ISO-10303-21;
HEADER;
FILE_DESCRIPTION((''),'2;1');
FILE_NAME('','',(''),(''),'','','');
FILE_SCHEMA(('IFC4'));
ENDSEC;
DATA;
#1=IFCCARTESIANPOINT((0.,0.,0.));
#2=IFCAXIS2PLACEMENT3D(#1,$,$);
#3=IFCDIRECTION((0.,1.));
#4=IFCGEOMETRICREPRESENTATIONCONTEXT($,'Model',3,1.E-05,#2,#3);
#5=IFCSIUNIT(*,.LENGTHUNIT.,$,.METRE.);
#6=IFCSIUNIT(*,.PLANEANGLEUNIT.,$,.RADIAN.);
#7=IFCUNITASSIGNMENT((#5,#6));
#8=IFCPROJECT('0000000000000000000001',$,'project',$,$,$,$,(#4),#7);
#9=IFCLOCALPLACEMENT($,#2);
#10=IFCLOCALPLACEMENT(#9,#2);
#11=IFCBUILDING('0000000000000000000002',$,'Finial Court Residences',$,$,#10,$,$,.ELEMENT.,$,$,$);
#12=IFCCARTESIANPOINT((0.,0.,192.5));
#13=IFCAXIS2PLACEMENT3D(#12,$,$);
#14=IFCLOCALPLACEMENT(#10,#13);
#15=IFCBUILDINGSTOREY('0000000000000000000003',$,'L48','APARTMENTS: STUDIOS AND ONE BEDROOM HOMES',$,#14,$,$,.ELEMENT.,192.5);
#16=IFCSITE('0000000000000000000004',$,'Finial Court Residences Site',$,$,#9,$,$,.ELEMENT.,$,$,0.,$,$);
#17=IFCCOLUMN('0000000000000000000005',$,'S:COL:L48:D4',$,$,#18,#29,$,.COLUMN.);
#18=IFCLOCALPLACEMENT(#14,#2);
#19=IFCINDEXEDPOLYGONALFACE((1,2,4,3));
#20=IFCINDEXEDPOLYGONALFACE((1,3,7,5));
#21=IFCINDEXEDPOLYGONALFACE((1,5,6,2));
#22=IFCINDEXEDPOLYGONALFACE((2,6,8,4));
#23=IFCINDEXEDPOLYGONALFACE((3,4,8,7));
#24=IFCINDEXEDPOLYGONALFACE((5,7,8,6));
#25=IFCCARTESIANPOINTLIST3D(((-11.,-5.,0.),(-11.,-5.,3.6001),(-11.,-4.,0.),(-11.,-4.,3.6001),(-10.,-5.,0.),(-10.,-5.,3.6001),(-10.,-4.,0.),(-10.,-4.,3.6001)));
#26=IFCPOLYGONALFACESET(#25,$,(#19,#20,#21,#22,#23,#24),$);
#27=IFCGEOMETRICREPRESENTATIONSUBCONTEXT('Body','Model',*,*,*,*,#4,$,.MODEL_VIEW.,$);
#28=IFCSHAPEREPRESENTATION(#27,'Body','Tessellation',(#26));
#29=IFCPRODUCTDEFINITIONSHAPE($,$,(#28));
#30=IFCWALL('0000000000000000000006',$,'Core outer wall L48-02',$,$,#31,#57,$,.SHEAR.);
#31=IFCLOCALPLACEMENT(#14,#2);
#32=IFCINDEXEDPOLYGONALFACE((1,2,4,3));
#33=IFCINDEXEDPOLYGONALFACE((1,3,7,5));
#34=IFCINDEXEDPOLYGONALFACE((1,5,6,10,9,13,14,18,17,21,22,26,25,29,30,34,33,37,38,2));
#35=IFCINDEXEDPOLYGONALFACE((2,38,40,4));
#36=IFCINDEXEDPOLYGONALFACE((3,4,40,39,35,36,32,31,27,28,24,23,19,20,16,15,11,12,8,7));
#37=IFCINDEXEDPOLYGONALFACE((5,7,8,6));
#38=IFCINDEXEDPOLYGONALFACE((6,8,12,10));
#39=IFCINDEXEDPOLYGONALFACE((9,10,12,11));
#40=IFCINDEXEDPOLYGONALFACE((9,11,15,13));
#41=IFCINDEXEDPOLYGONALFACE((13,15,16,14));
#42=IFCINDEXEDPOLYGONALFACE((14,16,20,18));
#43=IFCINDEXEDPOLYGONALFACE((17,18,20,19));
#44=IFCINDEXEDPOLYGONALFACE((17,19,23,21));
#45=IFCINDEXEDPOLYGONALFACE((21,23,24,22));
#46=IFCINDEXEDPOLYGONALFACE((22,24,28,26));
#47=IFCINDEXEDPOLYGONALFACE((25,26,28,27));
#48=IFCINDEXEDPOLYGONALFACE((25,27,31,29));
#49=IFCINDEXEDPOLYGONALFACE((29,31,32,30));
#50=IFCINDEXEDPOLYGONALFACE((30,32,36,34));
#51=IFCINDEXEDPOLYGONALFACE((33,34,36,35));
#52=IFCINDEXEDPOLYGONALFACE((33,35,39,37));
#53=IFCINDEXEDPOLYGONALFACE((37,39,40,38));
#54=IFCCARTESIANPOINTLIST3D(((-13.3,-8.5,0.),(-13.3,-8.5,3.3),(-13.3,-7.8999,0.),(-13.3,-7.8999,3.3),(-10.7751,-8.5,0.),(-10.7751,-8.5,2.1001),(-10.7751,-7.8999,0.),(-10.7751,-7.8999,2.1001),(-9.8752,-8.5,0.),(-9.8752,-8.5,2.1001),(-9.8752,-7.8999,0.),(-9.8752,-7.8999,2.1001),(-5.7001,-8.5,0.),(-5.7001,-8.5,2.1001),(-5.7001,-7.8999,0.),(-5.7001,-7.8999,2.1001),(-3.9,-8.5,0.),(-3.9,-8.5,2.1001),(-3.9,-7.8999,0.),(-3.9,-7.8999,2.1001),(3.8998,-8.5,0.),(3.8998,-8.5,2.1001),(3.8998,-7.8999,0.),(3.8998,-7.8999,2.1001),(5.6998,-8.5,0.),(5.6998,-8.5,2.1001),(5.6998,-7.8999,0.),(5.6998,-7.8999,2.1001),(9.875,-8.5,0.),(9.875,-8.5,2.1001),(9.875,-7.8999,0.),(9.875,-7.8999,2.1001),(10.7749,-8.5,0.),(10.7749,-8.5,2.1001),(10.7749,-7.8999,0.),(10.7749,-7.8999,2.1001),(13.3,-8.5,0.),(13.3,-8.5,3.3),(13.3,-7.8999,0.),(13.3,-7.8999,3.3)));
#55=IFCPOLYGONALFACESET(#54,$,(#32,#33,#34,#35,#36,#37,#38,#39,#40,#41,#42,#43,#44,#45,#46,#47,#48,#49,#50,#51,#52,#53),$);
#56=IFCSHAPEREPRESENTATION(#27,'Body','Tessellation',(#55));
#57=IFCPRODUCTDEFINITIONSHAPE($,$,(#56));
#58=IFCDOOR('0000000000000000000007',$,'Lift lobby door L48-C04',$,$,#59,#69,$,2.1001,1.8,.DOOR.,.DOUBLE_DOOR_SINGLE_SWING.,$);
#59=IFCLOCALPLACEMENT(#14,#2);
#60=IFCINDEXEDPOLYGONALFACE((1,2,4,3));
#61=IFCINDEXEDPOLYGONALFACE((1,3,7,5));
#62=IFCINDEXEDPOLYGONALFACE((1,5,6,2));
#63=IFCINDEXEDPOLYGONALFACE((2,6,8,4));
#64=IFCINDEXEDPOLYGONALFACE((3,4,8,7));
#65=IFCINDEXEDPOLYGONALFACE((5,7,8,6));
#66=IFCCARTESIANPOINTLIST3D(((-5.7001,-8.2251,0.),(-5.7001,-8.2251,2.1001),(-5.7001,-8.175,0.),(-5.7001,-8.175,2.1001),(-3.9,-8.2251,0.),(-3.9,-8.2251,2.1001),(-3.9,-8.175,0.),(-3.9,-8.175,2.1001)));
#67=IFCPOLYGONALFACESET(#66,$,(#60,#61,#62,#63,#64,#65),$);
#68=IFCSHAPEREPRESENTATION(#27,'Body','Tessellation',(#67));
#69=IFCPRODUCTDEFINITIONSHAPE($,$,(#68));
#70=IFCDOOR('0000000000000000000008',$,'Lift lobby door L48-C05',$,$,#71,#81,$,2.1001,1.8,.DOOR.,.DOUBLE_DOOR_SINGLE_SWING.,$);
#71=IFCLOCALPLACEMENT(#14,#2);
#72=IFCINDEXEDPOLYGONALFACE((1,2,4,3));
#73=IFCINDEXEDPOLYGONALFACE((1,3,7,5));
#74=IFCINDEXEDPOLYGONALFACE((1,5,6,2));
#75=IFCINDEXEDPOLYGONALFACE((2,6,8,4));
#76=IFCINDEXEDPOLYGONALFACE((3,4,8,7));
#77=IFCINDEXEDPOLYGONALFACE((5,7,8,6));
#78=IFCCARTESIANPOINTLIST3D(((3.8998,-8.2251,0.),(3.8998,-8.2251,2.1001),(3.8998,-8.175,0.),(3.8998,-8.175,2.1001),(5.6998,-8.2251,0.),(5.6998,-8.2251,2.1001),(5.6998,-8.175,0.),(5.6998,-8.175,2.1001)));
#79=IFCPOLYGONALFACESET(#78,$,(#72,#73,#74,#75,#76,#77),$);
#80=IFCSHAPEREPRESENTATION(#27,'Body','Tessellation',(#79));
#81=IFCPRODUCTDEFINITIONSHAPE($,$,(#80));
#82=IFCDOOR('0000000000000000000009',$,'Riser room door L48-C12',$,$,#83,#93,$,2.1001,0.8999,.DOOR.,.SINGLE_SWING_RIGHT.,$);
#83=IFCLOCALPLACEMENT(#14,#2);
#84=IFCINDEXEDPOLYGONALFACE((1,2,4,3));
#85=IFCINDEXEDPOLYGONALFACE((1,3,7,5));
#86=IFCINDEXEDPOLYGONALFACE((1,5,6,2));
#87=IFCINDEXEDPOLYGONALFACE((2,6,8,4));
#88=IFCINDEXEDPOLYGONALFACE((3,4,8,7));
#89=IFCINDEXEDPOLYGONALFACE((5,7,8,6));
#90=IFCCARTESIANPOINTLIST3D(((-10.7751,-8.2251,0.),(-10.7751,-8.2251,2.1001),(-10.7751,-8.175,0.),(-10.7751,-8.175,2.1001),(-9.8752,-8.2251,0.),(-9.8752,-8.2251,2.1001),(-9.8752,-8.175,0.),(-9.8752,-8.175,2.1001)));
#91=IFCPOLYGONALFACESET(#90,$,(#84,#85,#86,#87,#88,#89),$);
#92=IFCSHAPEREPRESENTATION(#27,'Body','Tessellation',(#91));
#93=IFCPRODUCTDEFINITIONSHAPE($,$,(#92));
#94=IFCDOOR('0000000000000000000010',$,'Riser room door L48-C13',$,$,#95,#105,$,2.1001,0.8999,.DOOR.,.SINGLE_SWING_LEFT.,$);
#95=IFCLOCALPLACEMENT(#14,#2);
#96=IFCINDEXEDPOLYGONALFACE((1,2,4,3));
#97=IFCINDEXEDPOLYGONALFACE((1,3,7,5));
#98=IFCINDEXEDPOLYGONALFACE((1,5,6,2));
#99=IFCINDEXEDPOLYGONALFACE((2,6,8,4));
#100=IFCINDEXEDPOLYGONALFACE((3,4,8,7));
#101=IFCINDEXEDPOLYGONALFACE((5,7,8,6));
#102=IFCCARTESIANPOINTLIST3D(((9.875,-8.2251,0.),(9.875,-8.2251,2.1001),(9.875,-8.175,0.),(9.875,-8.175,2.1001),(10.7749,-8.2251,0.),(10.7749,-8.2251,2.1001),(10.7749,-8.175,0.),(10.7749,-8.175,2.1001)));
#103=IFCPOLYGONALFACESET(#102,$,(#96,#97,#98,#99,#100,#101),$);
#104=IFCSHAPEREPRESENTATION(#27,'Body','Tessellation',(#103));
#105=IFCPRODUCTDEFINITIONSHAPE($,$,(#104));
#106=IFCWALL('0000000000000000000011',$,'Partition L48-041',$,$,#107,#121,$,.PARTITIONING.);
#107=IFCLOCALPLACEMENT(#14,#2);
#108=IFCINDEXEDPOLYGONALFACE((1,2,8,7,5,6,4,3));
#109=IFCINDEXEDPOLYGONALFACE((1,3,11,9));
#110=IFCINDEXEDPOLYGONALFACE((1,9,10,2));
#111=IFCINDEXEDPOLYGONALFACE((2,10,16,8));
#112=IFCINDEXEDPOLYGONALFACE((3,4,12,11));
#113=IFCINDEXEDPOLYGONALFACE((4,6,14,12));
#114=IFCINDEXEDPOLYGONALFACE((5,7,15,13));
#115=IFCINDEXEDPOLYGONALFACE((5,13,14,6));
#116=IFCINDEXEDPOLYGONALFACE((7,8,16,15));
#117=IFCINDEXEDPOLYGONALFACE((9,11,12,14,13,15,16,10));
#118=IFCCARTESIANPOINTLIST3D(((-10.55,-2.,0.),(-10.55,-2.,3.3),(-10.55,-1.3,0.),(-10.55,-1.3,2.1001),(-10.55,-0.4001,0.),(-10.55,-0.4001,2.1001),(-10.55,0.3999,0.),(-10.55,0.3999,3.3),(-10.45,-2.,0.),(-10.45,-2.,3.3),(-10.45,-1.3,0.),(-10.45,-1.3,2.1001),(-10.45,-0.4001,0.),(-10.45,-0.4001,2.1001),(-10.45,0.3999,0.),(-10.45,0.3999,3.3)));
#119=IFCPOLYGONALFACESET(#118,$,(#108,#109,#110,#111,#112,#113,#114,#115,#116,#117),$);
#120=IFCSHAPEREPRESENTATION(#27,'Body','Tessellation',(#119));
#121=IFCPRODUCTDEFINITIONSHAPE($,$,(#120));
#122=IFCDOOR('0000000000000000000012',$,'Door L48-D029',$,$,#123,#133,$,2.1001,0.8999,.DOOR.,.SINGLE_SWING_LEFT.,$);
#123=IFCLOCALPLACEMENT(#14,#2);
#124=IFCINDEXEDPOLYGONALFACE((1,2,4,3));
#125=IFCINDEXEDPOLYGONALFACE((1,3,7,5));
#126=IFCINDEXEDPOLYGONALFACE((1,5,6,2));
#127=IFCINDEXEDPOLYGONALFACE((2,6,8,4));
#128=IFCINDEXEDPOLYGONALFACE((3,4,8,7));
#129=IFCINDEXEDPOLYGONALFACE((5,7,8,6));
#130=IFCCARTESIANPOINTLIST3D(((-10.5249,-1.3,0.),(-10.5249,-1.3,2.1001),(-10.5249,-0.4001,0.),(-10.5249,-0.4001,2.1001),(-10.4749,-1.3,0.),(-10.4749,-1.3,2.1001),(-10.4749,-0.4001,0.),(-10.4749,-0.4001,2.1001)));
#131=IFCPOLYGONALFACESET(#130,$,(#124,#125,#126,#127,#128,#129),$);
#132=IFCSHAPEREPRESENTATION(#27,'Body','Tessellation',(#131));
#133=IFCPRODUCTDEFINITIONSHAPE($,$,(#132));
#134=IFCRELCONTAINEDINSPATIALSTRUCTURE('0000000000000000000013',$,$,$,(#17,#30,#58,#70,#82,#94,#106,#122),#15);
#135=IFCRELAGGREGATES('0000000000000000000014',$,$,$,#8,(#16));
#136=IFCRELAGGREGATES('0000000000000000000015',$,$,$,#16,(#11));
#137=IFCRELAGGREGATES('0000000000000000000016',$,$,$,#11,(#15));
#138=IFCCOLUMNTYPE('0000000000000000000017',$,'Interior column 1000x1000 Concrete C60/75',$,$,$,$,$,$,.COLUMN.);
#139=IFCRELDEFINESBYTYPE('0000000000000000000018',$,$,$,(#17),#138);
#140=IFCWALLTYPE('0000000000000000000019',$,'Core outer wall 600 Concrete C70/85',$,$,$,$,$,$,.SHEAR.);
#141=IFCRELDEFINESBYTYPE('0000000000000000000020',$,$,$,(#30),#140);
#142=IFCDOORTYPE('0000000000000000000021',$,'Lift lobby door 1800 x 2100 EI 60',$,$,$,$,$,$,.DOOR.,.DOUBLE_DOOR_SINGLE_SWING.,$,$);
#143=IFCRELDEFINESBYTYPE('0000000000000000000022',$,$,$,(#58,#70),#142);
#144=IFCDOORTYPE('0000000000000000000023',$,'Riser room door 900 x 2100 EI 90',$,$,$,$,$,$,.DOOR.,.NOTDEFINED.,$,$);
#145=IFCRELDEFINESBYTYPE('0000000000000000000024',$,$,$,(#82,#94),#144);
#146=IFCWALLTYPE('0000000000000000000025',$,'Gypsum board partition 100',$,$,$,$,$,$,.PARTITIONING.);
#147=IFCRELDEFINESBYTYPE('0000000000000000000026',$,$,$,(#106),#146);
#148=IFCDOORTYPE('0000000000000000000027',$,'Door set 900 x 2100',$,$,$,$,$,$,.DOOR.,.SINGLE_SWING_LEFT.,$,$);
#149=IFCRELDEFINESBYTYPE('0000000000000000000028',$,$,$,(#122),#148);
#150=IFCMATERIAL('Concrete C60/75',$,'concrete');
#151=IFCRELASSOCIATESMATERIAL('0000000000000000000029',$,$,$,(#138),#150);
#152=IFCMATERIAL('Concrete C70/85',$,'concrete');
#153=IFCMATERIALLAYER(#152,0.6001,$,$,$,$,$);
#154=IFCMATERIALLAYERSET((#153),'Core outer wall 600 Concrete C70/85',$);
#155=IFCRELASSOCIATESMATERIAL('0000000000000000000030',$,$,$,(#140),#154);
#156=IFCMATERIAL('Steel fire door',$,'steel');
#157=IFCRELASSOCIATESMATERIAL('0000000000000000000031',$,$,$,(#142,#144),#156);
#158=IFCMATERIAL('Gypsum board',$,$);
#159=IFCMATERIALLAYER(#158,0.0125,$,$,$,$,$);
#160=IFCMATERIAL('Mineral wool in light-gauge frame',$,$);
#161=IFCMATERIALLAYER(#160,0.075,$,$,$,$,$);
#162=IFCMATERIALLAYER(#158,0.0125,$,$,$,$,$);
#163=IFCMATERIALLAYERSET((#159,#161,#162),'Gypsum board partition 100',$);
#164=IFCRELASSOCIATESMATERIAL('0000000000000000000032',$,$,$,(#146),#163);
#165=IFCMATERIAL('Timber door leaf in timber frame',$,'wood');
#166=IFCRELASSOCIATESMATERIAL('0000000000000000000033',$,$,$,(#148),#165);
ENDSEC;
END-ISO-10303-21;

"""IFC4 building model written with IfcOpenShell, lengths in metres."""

from ifc_helpers import new_model, si_unit, direction, frame, frame_2d, origin, origin_2d, place, context, subcontext, project, spatial, rectangle, extrude, material, layer, layer_set, material_profile, profile_set, type_object, element, fill, save


model = new_model("IFC4")

# Units and contexts
model_context = context("Model", 3, precision=1e-05, world=origin(), true_north=direction((0.0, 1.0)))
body_context = subcontext(model_context, "Body", "Model", "MODEL_VIEW")
ifc_project = project(units=[si_unit("LENGTHUNIT", "METRE"), si_unit("PLANEANGLEUNIT", "RADIAN")], contexts=[model_context])

# Site, building, storey
site_placement = place(None, origin())
site = spatial("IfcSite", under=ifc_project, at=site_placement, Name="Finial Court Residences Site", CompositionType="ELEMENT", RefElevation=0.0)
building_placement = place(site_placement, origin())
building = spatial("IfcBuilding", under=site, at=building_placement, Name="Finial Court Residences", CompositionType="ELEMENT")
storey_placement = place(building_placement, frame((0.0, 0.0, 192.5)))
storey = spatial("IfcBuildingStorey", under=building, at=storey_placement, Name="L48", Description="APARTMENTS: STUDIOS AND ONE BEDROOM HOMES", CompositionType="ELEMENT", Elevation=192.5)

# Column
ifc_material_1 = material(Name="Concrete C60/75", Category="concrete")
ifc_material_profile = material_profile(ifc_material_1, rectangle(XDim=1.0, YDim=1.0, at=origin_2d()), Name="1000x1000")
ifc_profile_set = profile_set([ifc_material_profile], Name="Concrete C60/75")
column_type = type_object("IfcColumnType", Name="Interior column 1000x1000 Concrete C60/75", PredefinedType="COLUMN", material=ifc_profile_set)
column_placement = place(storey_placement, frame((-10.5, -4.5, 0.0), z_axis=(0.0, 0.0, 1.0), x_axis=(1.0, 0.0, 0.0)))
element("IfcColumn", 1, at=column_placement, inside=storey, type_object=column_type, Name="S:COL:L48:D4", PredefinedType="COLUMN", context=body_context, shape_type="SweptSolid", body=[
    extrude(rectangle(XDim=1.0, YDim=1.0, at=origin_2d()), origin(), (0.0, 0.0, 1.0), 3.6001),
])

# Wall, openings, doors
ifc_material_2 = material(Name="Concrete C70/85", Category="concrete")
ifc_layer_1 = layer(ifc_material_2, 0.6001)
ifc_layer_set_1 = layer_set([ifc_layer_1], Name="Core outer wall 600 Concrete C70/85")
wall_type_1 = type_object("IfcWallType", Name="Core outer wall 600 Concrete C70/85", PredefinedType="SHEAR", material=ifc_layer_set_1)
wall_1_placement = place(storey_placement, frame((-13.3, -8.2, 0.0), z_axis=(0.0, 0.0, 1.0), x_axis=(1.0, 0.0, 0.0)))
wall_1 = element("IfcWall", 2, at=wall_1_placement, inside=storey, type_object=wall_type_1, Name="Core outer wall L48-02", PredefinedType="SHEAR", context=body_context, shape_type="SweptSolid", body=[
    extrude(rectangle(XDim=26.6001, YDim=0.6001, at=frame_2d((13.3, 0.0))), origin(), (0.0, 0.0, 1.0), 3.3),
])
opening_1_placement = place(wall_1_placement, frame((7.6001, 0.0, 0.0)))
opening_1 = element("IfcOpeningElement", 3, at=opening_1_placement, cuts=wall_1, PredefinedType="OPENING", context=body_context, shape_type="SweptSolid", body=[
    extrude(rectangle(XDim=1.8, YDim=2.1001, at=frame_2d((0.8999, 1.05))), frame((0.0, 0.3101, 0.0), z_axis=(0.0, -1.0, 0.0), x_axis=(1.0, 0.0, 0.0)), (0.0, 0.0, 1.0), 0.6201),
])
opening_2_placement = place(wall_1_placement, frame((17.2, 0.0, 0.0)))
opening_2 = element("IfcOpeningElement", 4, at=opening_2_placement, cuts=wall_1, PredefinedType="OPENING", context=body_context, shape_type="SweptSolid", body=[
    extrude(rectangle(XDim=1.8, YDim=2.1001, at=frame_2d((0.8999, 1.05))), frame((0.0, 0.3101, 0.0), z_axis=(0.0, -1.0, 0.0), x_axis=(1.0, 0.0, 0.0)), (0.0, 0.0, 1.0), 0.6201),
])
opening_3_placement = place(wall_1_placement, frame((2.5249, 0.0, 0.0)))
opening_3 = element("IfcOpeningElement", 5, at=opening_3_placement, cuts=wall_1, PredefinedType="OPENING", context=body_context, shape_type="SweptSolid", body=[
    extrude(rectangle(XDim=0.8999, YDim=2.1001, at=frame_2d((0.45, 1.05))), frame((0.0, 0.3101, 0.0), z_axis=(0.0, -1.0, 0.0), x_axis=(1.0, 0.0, 0.0)), (0.0, 0.0, 1.0), 0.6201),
])
opening_4_placement = place(wall_1_placement, frame((23.175, 0.0, 0.0)))
opening_4 = element("IfcOpeningElement", 6, at=opening_4_placement, cuts=wall_1, PredefinedType="OPENING", context=body_context, shape_type="SweptSolid", body=[
    extrude(rectangle(XDim=0.8999, YDim=2.1001, at=frame_2d((0.45, 1.05))), frame((0.0, 0.3101, 0.0), z_axis=(0.0, -1.0, 0.0), x_axis=(1.0, 0.0, 0.0)), (0.0, 0.0, 1.0), 0.6201),
])
ifc_material_3 = material(Name="Steel fire door", Category="steel")
door_type_1 = type_object("IfcDoorType", Name="Lift lobby door 1800 x 2100 EI 60", OperationType="DOUBLE_DOOR_SINGLE_SWING", PredefinedType="DOOR", material=ifc_material_3)
door_1_placement = place(opening_1_placement, origin())
door_1 = element("IfcDoor", 7, at=door_1_placement, inside=storey, type_object=door_type_1, Name="Lift lobby door L48-C04", OperationType="DOUBLE_DOOR_SINGLE_SWING", OverallHeight=2.1001, OverallWidth=1.8, PredefinedType="DOOR", context=body_context, shape_type="SweptSolid", body=[
    extrude(rectangle(XDim=1.8, YDim=2.1001, at=frame_2d((0.8999, 1.05))), frame((0.0, 0.0249, 0.0), z_axis=(0.0, -1.0, 0.0), x_axis=(1.0, 0.0, 0.0)), (0.0, 0.0, 1.0), 0.05),
])
fill(opening_1, door_1)
door_2_placement = place(opening_2_placement, origin())
door_2 = element("IfcDoor", 8, at=door_2_placement, inside=storey, type_object=door_type_1, Name="Lift lobby door L48-C05", OperationType="DOUBLE_DOOR_SINGLE_SWING", OverallHeight=2.1001, OverallWidth=1.8, PredefinedType="DOOR", context=body_context, shape_type="SweptSolid", body=[
    extrude(rectangle(XDim=1.8, YDim=2.1001, at=frame_2d((0.8999, 1.05))), frame((0.0, 0.0249, 0.0), z_axis=(0.0, -1.0, 0.0), x_axis=(1.0, 0.0, 0.0)), (0.0, 0.0, 1.0), 0.05),
])
fill(opening_2, door_2)
door_type_2 = type_object("IfcDoorType", Name="Riser room door 900 x 2100 EI 90", OperationType="NOTDEFINED", PredefinedType="DOOR", material=ifc_material_3)
door_3_placement = place(opening_3_placement, origin())
door_3 = element("IfcDoor", 9, at=door_3_placement, inside=storey, type_object=door_type_2, Name="Riser room door L48-C12", OperationType="SINGLE_SWING_RIGHT", OverallHeight=2.1001, OverallWidth=0.8999, PredefinedType="DOOR", context=body_context, shape_type="SweptSolid", body=[
    extrude(rectangle(XDim=0.8999, YDim=2.1001, at=frame_2d((0.45, 1.05))), frame((0.0, 0.0249, 0.0), z_axis=(0.0, -1.0, 0.0), x_axis=(1.0, 0.0, 0.0)), (0.0, 0.0, 1.0), 0.05),
])
fill(opening_3, door_3)
door_4_placement = place(opening_4_placement, origin())
door_4 = element("IfcDoor", 10, at=door_4_placement, inside=storey, type_object=door_type_2, Name="Riser room door L48-C13", OperationType="SINGLE_SWING_LEFT", OverallHeight=2.1001, OverallWidth=0.8999, PredefinedType="DOOR", context=body_context, shape_type="SweptSolid", body=[
    extrude(rectangle(XDim=0.8999, YDim=2.1001, at=frame_2d((0.45, 1.05))), frame((0.0, 0.0249, 0.0), z_axis=(0.0, -1.0, 0.0), x_axis=(1.0, 0.0, 0.0)), (0.0, 0.0, 1.0), 0.05),
])
fill(opening_4, door_4)

# Wall, opening, door
ifc_material_4 = material(Name="Gypsum board")
ifc_layer_2 = layer(ifc_material_4, 0.0125)
ifc_material_5 = material(Name="Mineral wool in light-gauge frame")
ifc_layer_3 = layer(ifc_material_5, 0.075)
ifc_layer_4 = layer(ifc_material_4, 0.0125)
ifc_layer_set_2 = layer_set([ifc_layer_2, ifc_layer_3, ifc_layer_4], Name="Gypsum board partition 100")
wall_type_2 = type_object("IfcWallType", Name="Gypsum board partition 100", PredefinedType="PARTITIONING", material=ifc_layer_set_2)
wall_2_placement = place(storey_placement, frame((-10.5, -2.0, 0.0), z_axis=(0.0, 0.0, 1.0), x_axis=(0.0, 1.0, 0.0)))
wall_2 = element("IfcWall", 11, at=wall_2_placement, inside=storey, type_object=wall_type_2, Name="Partition L48-041", PredefinedType="PARTITIONING", context=body_context, shape_type="SweptSolid", body=[
    extrude(rectangle(XDim=2.3999, YDim=0.1001, at=frame_2d((1.2, 0.0))), origin(), (0.0, 0.0, 1.0), 3.3),
])
opening_5_placement = place(wall_2_placement, frame((0.7, 0.0, 0.0)))
opening_5 = element("IfcOpeningElement", 12, at=opening_5_placement, cuts=wall_2, PredefinedType="OPENING", context=body_context, shape_type="SweptSolid", body=[
    extrude(rectangle(XDim=0.8999, YDim=2.1001, at=frame_2d((0.45, 1.05))), frame((0.0, 0.0601, 0.0), z_axis=(0.0, -1.0, 0.0), x_axis=(1.0, 0.0, 0.0)), (0.0, 0.0, 1.0), 0.1201),
])
ifc_material_6 = material(Name="Timber door leaf in timber frame", Category="wood")
door_type_3 = type_object("IfcDoorType", Name="Door set 900 x 2100", OperationType="SINGLE_SWING_LEFT", PredefinedType="DOOR", material=ifc_material_6)
door_5_placement = place(opening_5_placement, origin())
door_5 = element("IfcDoor", 13, at=door_5_placement, inside=storey, type_object=door_type_3, Name="Door L48-D029", OperationType="SINGLE_SWING_LEFT", OverallHeight=2.1001, OverallWidth=0.8999, PredefinedType="DOOR", context=body_context, shape_type="SweptSolid", body=[
    extrude(rectangle(XDim=0.8999, YDim=2.1001, at=frame_2d((0.45, 1.05))), frame((0.0, 0.0249, 0.0), z_axis=(0.0, -1.0, 0.0), x_axis=(1.0, 0.0, 0.0)), (0.0, 0.0, 1.0), 0.05),
])
fill(opening_5, door_5)

save(model, "model.ifc")
